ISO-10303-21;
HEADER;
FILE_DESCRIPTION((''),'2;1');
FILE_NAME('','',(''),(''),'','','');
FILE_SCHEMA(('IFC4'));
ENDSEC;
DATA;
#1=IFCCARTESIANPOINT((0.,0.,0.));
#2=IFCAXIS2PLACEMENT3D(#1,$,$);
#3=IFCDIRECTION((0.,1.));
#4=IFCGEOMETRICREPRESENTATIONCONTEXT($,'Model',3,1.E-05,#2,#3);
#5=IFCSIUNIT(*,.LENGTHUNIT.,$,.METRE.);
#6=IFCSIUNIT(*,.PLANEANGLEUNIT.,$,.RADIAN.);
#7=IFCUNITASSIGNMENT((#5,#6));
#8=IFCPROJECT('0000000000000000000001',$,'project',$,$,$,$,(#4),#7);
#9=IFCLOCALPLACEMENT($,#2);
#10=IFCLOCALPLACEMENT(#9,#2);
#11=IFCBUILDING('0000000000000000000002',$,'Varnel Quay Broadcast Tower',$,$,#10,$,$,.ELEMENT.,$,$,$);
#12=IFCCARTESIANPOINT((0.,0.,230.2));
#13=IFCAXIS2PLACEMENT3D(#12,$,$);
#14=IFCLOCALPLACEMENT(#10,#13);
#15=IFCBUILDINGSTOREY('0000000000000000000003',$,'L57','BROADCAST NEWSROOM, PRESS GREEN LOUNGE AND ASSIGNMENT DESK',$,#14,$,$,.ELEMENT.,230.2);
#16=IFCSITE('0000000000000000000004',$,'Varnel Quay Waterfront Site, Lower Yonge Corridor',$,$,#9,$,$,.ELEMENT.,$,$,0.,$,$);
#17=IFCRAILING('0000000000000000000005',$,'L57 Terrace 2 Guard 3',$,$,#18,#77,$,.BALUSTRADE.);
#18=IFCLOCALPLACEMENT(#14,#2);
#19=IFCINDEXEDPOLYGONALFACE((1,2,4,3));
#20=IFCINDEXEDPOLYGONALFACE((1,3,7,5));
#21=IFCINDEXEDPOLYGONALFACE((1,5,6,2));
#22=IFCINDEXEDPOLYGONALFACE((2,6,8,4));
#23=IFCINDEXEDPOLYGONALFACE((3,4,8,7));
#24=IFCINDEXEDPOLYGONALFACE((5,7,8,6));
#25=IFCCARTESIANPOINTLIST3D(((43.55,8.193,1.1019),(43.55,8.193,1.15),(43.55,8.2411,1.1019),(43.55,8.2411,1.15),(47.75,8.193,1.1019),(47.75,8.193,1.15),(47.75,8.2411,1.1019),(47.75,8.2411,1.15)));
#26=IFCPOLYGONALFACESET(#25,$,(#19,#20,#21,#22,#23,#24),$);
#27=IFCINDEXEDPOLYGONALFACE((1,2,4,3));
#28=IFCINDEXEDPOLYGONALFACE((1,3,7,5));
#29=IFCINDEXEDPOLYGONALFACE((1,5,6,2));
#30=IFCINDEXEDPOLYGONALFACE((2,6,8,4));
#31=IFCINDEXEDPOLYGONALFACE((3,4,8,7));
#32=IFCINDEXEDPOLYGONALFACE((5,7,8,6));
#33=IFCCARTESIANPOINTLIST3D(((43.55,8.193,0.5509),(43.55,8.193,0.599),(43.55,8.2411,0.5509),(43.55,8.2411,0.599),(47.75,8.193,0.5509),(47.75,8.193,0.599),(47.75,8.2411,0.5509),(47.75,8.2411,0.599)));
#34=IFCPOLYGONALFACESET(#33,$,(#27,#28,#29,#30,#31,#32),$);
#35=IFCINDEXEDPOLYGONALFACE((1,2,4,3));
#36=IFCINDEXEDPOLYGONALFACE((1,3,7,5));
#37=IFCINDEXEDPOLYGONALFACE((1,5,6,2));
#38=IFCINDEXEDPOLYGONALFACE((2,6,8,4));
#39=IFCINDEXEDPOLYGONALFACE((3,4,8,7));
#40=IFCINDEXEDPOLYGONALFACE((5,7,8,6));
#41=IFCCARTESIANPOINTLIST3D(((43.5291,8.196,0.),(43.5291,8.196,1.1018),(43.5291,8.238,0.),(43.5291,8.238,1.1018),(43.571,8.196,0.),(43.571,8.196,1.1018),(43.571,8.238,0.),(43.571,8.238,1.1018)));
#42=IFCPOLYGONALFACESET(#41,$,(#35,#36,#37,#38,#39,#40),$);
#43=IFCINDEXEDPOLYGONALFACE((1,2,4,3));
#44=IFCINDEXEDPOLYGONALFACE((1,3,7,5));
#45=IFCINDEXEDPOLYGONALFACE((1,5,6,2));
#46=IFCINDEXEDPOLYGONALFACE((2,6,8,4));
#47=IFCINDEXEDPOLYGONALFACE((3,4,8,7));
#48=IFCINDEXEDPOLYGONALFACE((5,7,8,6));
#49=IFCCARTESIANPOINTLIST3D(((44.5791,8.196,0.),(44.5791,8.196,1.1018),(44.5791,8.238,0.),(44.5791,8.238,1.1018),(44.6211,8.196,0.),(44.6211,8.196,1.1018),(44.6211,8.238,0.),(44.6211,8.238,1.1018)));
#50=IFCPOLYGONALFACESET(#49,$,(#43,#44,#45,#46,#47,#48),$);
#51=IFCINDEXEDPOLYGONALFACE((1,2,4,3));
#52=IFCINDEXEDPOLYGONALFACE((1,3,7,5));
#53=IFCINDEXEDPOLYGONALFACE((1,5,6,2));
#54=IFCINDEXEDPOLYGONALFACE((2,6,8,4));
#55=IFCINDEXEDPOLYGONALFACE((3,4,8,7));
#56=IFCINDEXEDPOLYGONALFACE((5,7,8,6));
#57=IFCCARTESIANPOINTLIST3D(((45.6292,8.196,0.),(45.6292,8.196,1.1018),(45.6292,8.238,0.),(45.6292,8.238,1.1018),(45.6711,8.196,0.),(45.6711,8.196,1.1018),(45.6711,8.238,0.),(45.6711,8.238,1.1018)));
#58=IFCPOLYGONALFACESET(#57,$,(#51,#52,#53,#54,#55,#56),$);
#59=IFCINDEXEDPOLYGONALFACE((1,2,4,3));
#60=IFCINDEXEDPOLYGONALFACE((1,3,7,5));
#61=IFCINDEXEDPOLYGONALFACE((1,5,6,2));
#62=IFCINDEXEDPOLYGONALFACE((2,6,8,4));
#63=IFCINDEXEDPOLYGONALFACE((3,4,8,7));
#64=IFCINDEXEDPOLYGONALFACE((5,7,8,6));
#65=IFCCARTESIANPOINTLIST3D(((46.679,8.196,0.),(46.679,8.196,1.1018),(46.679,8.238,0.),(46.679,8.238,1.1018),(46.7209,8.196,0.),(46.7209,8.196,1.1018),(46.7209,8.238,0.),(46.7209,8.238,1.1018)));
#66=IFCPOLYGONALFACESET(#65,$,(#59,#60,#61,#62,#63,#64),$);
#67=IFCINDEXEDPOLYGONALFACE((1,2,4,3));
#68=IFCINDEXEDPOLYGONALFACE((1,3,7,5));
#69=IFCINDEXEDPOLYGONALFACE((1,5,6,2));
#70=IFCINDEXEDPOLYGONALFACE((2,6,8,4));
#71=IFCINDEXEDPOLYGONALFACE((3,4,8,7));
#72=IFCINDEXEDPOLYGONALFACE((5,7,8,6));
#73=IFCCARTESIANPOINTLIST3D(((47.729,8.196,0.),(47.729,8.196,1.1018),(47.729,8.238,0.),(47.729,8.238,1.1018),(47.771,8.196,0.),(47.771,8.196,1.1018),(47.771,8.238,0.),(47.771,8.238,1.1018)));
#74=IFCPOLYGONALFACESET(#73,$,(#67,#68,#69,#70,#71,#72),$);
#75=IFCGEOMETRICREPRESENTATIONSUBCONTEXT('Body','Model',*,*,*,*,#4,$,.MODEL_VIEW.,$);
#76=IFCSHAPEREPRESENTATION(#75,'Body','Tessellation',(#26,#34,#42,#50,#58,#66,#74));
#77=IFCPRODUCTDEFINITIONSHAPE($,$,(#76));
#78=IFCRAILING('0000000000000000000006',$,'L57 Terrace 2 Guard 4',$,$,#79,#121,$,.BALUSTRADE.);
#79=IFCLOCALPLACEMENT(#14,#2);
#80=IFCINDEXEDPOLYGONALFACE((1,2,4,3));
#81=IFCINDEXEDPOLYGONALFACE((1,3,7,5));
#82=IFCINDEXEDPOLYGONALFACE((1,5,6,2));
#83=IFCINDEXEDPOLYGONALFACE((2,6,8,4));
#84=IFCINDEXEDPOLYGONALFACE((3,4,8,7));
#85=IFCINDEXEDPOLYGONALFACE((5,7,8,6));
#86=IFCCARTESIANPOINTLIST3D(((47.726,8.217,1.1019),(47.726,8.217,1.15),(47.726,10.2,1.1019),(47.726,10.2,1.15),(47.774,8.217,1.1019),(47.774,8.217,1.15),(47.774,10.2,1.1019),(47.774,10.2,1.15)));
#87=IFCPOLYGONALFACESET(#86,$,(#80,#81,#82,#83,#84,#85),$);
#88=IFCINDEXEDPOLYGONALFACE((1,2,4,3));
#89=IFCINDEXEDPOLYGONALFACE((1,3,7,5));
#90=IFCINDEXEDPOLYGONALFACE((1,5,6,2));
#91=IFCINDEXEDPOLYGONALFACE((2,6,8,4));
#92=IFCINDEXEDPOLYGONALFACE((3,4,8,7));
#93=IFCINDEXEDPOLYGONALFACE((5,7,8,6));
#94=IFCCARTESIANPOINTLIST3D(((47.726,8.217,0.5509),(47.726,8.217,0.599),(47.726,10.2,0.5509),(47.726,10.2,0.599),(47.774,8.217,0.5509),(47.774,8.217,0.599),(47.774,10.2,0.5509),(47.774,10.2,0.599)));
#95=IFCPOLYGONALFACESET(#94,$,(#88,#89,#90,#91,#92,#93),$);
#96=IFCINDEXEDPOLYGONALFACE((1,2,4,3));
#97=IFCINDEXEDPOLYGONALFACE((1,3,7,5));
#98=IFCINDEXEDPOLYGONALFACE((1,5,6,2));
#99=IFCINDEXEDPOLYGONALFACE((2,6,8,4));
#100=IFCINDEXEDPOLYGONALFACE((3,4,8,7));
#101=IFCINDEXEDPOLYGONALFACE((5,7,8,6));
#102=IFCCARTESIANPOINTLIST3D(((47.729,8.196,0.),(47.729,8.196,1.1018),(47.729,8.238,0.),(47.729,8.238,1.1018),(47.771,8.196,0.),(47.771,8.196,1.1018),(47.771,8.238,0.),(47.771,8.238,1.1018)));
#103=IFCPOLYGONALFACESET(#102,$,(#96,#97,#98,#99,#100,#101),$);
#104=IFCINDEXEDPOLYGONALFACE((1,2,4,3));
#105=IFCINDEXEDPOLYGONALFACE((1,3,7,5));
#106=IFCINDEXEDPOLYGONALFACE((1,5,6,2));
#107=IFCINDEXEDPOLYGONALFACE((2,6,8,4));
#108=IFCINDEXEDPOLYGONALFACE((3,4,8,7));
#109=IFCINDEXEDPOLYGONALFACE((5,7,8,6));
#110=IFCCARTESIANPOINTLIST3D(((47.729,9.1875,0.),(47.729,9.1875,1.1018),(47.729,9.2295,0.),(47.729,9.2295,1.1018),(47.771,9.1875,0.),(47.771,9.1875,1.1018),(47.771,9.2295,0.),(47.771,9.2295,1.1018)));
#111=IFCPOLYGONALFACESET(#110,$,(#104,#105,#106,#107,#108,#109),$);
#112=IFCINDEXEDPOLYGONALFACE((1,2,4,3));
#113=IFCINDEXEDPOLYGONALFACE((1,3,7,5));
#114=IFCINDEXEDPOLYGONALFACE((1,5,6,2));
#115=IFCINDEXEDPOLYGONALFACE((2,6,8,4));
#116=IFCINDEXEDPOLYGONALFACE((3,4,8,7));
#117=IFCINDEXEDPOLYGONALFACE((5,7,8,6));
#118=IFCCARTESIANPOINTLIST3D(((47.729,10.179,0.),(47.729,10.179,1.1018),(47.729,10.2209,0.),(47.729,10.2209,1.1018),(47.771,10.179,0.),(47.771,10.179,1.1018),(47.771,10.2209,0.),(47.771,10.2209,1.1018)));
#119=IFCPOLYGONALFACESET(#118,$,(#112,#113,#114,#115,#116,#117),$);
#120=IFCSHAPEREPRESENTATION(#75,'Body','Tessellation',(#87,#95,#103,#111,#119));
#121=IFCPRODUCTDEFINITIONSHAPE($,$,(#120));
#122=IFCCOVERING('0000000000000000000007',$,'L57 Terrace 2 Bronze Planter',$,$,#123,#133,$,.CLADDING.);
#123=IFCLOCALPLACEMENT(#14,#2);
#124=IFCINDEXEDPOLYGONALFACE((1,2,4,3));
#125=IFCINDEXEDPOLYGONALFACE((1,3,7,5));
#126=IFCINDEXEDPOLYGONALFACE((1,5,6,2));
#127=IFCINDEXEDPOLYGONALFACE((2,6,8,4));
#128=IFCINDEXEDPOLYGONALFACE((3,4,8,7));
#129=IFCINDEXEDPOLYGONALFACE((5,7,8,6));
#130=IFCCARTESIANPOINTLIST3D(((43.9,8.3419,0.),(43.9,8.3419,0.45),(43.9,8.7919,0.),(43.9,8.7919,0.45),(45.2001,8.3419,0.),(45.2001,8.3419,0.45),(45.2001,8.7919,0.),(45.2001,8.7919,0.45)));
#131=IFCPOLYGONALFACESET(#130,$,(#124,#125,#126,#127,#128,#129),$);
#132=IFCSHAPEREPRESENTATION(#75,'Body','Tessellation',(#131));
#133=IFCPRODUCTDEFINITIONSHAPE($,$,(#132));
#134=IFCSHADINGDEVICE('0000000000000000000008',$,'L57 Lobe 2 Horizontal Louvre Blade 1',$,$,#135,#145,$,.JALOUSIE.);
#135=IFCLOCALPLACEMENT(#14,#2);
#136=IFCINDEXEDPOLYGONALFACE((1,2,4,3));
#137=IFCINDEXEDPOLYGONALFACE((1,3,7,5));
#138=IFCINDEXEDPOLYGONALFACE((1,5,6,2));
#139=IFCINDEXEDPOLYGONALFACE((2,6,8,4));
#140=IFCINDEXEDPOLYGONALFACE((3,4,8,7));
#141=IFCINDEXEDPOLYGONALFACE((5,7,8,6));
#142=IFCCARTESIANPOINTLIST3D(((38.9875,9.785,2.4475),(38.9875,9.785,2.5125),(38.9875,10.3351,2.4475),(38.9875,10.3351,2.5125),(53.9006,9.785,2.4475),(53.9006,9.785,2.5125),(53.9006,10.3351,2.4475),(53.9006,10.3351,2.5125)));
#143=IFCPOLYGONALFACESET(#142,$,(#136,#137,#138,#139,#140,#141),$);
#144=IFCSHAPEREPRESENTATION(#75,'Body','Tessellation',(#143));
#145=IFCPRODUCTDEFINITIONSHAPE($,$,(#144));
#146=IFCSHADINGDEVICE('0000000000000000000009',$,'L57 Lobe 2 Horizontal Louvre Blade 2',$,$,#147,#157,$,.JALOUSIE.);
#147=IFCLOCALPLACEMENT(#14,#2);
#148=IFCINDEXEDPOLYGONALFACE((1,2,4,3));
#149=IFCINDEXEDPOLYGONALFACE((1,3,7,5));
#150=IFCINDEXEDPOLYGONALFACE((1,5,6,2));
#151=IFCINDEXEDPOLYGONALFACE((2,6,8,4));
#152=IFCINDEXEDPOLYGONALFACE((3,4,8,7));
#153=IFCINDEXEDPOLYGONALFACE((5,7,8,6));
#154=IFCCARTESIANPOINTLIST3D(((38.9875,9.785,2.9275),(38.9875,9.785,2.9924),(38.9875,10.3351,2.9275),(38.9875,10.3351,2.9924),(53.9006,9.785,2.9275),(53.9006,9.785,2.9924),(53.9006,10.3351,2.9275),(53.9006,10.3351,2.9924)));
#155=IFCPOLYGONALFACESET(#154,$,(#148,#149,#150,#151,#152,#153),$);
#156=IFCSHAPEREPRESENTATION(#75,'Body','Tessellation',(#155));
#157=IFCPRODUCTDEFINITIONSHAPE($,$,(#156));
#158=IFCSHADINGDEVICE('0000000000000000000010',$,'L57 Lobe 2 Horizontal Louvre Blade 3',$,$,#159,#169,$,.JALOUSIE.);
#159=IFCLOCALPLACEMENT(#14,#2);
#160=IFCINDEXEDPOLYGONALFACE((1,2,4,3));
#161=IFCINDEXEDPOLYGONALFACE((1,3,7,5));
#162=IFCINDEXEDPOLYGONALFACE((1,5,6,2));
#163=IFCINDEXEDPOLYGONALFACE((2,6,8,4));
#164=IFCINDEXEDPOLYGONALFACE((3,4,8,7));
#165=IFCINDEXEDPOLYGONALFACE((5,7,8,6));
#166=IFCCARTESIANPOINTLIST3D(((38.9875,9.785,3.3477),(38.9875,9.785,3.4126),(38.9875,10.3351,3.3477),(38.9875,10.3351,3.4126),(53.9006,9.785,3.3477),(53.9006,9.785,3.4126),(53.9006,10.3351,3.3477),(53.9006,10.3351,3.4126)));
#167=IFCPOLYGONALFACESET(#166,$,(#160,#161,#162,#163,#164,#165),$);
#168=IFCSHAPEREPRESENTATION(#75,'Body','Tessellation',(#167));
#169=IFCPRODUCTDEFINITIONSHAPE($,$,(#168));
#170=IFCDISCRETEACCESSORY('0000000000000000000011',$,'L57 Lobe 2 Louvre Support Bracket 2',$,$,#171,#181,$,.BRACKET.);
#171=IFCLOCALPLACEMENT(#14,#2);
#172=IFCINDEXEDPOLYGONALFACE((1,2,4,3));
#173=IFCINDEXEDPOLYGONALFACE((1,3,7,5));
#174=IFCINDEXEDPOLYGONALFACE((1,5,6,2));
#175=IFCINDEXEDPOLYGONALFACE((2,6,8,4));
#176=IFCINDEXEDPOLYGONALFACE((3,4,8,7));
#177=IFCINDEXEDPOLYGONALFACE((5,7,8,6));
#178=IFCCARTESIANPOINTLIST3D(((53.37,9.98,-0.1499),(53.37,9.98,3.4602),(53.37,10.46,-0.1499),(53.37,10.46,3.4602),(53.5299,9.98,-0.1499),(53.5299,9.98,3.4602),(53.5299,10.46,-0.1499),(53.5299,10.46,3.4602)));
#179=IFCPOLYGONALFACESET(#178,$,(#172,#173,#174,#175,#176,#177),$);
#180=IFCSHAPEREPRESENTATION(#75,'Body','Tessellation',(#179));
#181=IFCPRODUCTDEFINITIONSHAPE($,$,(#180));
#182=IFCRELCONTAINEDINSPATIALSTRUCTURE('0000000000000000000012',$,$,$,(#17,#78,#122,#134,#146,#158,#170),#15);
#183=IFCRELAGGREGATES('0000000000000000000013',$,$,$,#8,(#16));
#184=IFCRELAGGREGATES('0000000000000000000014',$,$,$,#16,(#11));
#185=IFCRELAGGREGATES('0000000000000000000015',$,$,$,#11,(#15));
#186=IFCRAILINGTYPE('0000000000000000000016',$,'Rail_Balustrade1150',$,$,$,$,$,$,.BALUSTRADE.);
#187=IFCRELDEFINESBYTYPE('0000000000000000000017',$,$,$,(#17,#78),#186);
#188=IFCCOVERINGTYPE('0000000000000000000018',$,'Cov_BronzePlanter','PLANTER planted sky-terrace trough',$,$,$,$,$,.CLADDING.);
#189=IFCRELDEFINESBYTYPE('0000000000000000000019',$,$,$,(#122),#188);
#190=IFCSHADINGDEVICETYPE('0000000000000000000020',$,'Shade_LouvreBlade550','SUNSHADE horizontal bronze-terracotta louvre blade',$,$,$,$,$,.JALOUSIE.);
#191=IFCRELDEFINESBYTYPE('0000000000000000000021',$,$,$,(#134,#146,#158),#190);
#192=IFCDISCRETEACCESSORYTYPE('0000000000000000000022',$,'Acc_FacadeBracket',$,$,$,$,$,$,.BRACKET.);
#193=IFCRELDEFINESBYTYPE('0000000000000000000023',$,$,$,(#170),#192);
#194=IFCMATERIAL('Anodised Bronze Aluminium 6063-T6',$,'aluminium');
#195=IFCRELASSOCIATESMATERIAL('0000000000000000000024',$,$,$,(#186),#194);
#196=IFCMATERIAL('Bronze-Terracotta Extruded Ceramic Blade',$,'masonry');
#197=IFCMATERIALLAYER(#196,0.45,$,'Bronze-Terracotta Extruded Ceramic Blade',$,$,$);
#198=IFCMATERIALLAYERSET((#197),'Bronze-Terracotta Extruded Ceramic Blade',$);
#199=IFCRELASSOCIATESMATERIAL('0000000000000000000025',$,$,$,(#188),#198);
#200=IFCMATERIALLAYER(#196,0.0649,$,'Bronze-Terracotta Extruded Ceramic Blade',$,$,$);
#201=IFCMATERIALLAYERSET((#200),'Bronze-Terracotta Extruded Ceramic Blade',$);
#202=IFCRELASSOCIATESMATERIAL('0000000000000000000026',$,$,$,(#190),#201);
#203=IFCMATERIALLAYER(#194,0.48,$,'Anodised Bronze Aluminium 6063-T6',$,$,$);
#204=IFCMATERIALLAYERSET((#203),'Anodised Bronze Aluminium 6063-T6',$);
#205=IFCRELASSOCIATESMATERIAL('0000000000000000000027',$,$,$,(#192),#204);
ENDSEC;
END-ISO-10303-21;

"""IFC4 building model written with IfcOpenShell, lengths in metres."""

from ifc_helpers import new_model, si_unit, direction, frame, origin, origin_2d, place, context, subcontext, project, spatial, rectangle, extrude, source, transform, mapped, material, layer, layer_set, type_object, type_shapes, element, save


model = new_model("IFC4")

# Units and contexts
model_context = context("Model", 3, precision=1e-05, world=origin(), true_north=direction((0.0, 1.0)))
body_context = subcontext(model_context, "Body", "Model", "MODEL_VIEW")
ifc_project = project(units=[si_unit("LENGTHUNIT", "METRE"), si_unit("PLANEANGLEUNIT", "RADIAN")], contexts=[model_context])

# Site, building, storey
site_placement = place(None, origin())
site = spatial("IfcSite", under=ifc_project, at=site_placement, Name="Varnel Quay Waterfront Site, Lower Yonge Corridor", CompositionType="ELEMENT", RefElevation=0.0)
building_placement = place(site_placement, origin())
building = spatial("IfcBuilding", under=site, at=building_placement, Name="Varnel Quay Broadcast Tower", CompositionType="ELEMENT")
storey_placement = place(building_placement, frame((0.0, 0.0, 230.2)))
storey = spatial("IfcBuildingStorey", under=building, at=storey_placement, Name="L57", Description="BROADCAST NEWSROOM, PRESS GREEN LOUNGE AND ASSIGNMENT DESK", CompositionType="ELEMENT", Elevation=230.2)

# Shared definitions
ifc_material_1 = material(Name="Anodised Bronze Aluminium 6063-T6", Category="aluminium")

# Railings
railing_type = type_object("IfcRailingType", Name="Rail_Balustrade1150", PredefinedType="BALUSTRADE", material=ifc_material_1)
railing_1_placement = place(storey_placement, frame((43.55, 8.217, 0.0)))
element("IfcRailing", 1, at=railing_1_placement, inside=storey, type_object=railing_type, Name="L57 Terrace 2 Guard 3", PredefinedType="BALUSTRADE", context=body_context, shape_type="SweptSolid", body=[
    extrude(rectangle(XDim=0.0481, YDim=0.0481, at=origin_2d()), frame((0.0, 0.0, 1.126), z_axis=(1.0, 0.0, 0.0), x_axis=(0.0, 1.0, 0.0)), (0.0, 0.0, 1.0), 4.2),
    extrude(rectangle(XDim=0.0481, YDim=0.0481, at=origin_2d()), frame((0.0, 0.0, 0.575), z_axis=(1.0, 0.0, 0.0), x_axis=(0.0, 1.0, 0.0)), (0.0, 0.0, 1.0), 4.2),
    extrude(rectangle(XDim=0.042, YDim=0.042, at=origin_2d()), origin(), (0.0, 0.0, 1.0), 1.1018),
    extrude(rectangle(XDim=0.042, YDim=0.042, at=origin_2d()), frame((1.05, 0.0, 0.0)), (0.0, 0.0, 1.0), 1.1018),
    extrude(rectangle(XDim=0.042, YDim=0.042, at=origin_2d()), frame((2.1001, 0.0, 0.0)), (0.0, 0.0, 1.0), 1.1018),
    extrude(rectangle(XDim=0.042, YDim=0.042, at=origin_2d()), frame((3.1499, 0.0, 0.0)), (0.0, 0.0, 1.0), 1.1018),
    extrude(rectangle(XDim=0.042, YDim=0.042, at=origin_2d()), frame((4.2, 0.0, 0.0)), (0.0, 0.0, 1.0), 1.1018),
])
railing_2_placement = place(storey_placement, frame((47.75, 8.217, 0.0)))
element("IfcRailing", 2, at=railing_2_placement, inside=storey, type_object=railing_type, Name="L57 Terrace 2 Guard 4", PredefinedType="BALUSTRADE", context=body_context, shape_type="SweptSolid", body=[
    extrude(rectangle(XDim=0.0481, YDim=0.0481, at=origin_2d()), frame((0.0, 0.0, 1.126), z_axis=(0.0, 1.0, 0.0), x_axis=(-1.0, 0.0, 0.0)), (0.0, 0.0, 1.0), 1.9829),
    extrude(rectangle(XDim=0.0481, YDim=0.0481, at=origin_2d()), frame((0.0, 0.0, 0.575), z_axis=(0.0, 1.0, 0.0), x_axis=(-1.0, 0.0, 0.0)), (0.0, 0.0, 1.0), 1.9829),
    extrude(rectangle(XDim=0.042, YDim=0.042, at=origin_2d()), origin(), (0.0, 0.0, 1.0), 1.1018),
    extrude(rectangle(XDim=0.042, YDim=0.042, at=origin_2d()), frame((0.0, 0.9915, 0.0)), (0.0, 0.0, 1.0), 1.1018),
    extrude(rectangle(XDim=0.042, YDim=0.042, at=origin_2d()), frame((0.0, 1.9829, 0.0)), (0.0, 0.0, 1.0), 1.1018),
])

# Covering
ifc_material_2 = material(Name="Bronze-Terracotta Extruded Ceramic Blade", Category="masonry")
ifc_layer_1 = layer(ifc_material_2, 0.45, Name="Bronze-Terracotta Extruded Ceramic Blade")
ifc_layer_set_1 = layer_set([ifc_layer_1], Name="Bronze-Terracotta Extruded Ceramic Blade")
covering_type = type_object("IfcCoveringType", Name="Cov_BronzePlanter", Description="PLANTER planted sky-terrace trough", PredefinedType="CLADDING", material=ifc_layer_set_1)
shared_shape_1 = source(origin(), body_context, "Body", "SweptSolid", [
    extrude(rectangle(XDim=1.3, YDim=0.45, at=origin_2d()), origin(), (0.0, 0.0, 1.0), 0.45),
])
type_shapes(covering_type, [shared_shape_1])
covering_placement = place(storey_placement, frame((44.55, 8.5669, 0.0), z_axis=(0.0, 0.0, 1.0), x_axis=(1.0, 0.0, 0.0)))
element("IfcCovering", 3, at=covering_placement, inside=storey, type_object=covering_type, Name="L57 Terrace 2 Bronze Planter", PredefinedType="CLADDING", context=body_context, shape_type="MappedRepresentation", body=[
    mapped(shared_shape_1, transform((0.0, 0.0, 0.0), x_axis=(1.0, 0.0, 0.0), y_axis=(0.0, 1.0, 0.0), z_axis=(0.0, 0.0, 1.0), scale=1.0)),
])

# Shading devices
ifc_layer_2 = layer(ifc_material_2, 0.0649, Name="Bronze-Terracotta Extruded Ceramic Blade")
ifc_layer_set_2 = layer_set([ifc_layer_2], Name="Bronze-Terracotta Extruded Ceramic Blade")
shading_device_type = type_object("IfcShadingDeviceType", Name="Shade_LouvreBlade550", Description="SUNSHADE horizontal bronze-terracotta louvre blade", PredefinedType="JALOUSIE", material=ifc_layer_set_2)
shared_shape_2 = source(origin(), body_context, "Body", "SweptSolid", [
    extrude(rectangle(XDim=14.9131, YDim=0.55, at=origin_2d()), origin(), (0.0, 0.0, 1.0), 0.0649),
])
type_shapes(shading_device_type, [shared_shape_2])
for number, where, z_axis, x_axis, name in (
    (4, (46.4441, 10.0601, 2.4475), (0.0, 0.0, 1.0), (1.0, 0.0, 0.0), "L57 Lobe 2 Horizontal Louvre Blade 1"),
    (5, (46.4441, 10.0601, 2.9275), (0.0, 0.0, 1.0), (1.0, 0.0, 0.0), "L57 Lobe 2 Horizontal Louvre Blade 2"),
    (6, (46.4441, 10.0601, 3.3477), (0.0, 0.0, 1.0), (1.0, 0.0, 0.0), "L57 Lobe 2 Horizontal Louvre Blade 3"),
):
    element("IfcShadingDevice", number, at=place(storey_placement, frame(where, z_axis=z_axis, x_axis=x_axis)), inside=storey, type_object=shading_device_type, Name=name, PredefinedType="JALOUSIE", context=body_context, shape_type="MappedRepresentation", body=[
        mapped(shared_shape_2, transform((0.0, 0.0, 0.0), x_axis=(1.0, 0.0, 0.0), y_axis=(0.0, 1.0, 0.0), z_axis=(0.0, 0.0, 1.0), scale=1.0)),
    ])

# Discrete accessory
ifc_layer_3 = layer(ifc_material_1, 0.48, Name="Anodised Bronze Aluminium 6063-T6")
ifc_layer_set_3 = layer_set([ifc_layer_3], Name="Anodised Bronze Aluminium 6063-T6")
discrete_accessory_type = type_object("IfcDiscreteAccessoryType", Name="Acc_FacadeBracket", PredefinedType="BRACKET", material=ifc_layer_set_3)
shared_shape_3 = source(origin(), body_context, "Body", "SweptSolid", [
    extrude(rectangle(XDim=0.1599, YDim=0.48, at=origin_2d()), origin(), (0.0, 0.0, 1.0), 3.6101),
])
type_shapes(discrete_accessory_type, [shared_shape_3])
discrete_accessory_placement = place(storey_placement, frame((53.45, 10.22, -0.1499), z_axis=(0.0, 0.0, 1.0), x_axis=(1.0, 0.0, 0.0)))
element("IfcDiscreteAccessory", 7, at=discrete_accessory_placement, inside=storey, type_object=discrete_accessory_type, Name="L57 Lobe 2 Louvre Support Bracket 2", PredefinedType="BRACKET", context=body_context, shape_type="MappedRepresentation", body=[
    mapped(shared_shape_3, transform((0.0, 0.0, 0.0), x_axis=(1.0, 0.0, 0.0), y_axis=(0.0, 1.0, 0.0), z_axis=(0.0, 0.0, 1.0), scale=1.0)),
])

save(model, "model.ifc")
